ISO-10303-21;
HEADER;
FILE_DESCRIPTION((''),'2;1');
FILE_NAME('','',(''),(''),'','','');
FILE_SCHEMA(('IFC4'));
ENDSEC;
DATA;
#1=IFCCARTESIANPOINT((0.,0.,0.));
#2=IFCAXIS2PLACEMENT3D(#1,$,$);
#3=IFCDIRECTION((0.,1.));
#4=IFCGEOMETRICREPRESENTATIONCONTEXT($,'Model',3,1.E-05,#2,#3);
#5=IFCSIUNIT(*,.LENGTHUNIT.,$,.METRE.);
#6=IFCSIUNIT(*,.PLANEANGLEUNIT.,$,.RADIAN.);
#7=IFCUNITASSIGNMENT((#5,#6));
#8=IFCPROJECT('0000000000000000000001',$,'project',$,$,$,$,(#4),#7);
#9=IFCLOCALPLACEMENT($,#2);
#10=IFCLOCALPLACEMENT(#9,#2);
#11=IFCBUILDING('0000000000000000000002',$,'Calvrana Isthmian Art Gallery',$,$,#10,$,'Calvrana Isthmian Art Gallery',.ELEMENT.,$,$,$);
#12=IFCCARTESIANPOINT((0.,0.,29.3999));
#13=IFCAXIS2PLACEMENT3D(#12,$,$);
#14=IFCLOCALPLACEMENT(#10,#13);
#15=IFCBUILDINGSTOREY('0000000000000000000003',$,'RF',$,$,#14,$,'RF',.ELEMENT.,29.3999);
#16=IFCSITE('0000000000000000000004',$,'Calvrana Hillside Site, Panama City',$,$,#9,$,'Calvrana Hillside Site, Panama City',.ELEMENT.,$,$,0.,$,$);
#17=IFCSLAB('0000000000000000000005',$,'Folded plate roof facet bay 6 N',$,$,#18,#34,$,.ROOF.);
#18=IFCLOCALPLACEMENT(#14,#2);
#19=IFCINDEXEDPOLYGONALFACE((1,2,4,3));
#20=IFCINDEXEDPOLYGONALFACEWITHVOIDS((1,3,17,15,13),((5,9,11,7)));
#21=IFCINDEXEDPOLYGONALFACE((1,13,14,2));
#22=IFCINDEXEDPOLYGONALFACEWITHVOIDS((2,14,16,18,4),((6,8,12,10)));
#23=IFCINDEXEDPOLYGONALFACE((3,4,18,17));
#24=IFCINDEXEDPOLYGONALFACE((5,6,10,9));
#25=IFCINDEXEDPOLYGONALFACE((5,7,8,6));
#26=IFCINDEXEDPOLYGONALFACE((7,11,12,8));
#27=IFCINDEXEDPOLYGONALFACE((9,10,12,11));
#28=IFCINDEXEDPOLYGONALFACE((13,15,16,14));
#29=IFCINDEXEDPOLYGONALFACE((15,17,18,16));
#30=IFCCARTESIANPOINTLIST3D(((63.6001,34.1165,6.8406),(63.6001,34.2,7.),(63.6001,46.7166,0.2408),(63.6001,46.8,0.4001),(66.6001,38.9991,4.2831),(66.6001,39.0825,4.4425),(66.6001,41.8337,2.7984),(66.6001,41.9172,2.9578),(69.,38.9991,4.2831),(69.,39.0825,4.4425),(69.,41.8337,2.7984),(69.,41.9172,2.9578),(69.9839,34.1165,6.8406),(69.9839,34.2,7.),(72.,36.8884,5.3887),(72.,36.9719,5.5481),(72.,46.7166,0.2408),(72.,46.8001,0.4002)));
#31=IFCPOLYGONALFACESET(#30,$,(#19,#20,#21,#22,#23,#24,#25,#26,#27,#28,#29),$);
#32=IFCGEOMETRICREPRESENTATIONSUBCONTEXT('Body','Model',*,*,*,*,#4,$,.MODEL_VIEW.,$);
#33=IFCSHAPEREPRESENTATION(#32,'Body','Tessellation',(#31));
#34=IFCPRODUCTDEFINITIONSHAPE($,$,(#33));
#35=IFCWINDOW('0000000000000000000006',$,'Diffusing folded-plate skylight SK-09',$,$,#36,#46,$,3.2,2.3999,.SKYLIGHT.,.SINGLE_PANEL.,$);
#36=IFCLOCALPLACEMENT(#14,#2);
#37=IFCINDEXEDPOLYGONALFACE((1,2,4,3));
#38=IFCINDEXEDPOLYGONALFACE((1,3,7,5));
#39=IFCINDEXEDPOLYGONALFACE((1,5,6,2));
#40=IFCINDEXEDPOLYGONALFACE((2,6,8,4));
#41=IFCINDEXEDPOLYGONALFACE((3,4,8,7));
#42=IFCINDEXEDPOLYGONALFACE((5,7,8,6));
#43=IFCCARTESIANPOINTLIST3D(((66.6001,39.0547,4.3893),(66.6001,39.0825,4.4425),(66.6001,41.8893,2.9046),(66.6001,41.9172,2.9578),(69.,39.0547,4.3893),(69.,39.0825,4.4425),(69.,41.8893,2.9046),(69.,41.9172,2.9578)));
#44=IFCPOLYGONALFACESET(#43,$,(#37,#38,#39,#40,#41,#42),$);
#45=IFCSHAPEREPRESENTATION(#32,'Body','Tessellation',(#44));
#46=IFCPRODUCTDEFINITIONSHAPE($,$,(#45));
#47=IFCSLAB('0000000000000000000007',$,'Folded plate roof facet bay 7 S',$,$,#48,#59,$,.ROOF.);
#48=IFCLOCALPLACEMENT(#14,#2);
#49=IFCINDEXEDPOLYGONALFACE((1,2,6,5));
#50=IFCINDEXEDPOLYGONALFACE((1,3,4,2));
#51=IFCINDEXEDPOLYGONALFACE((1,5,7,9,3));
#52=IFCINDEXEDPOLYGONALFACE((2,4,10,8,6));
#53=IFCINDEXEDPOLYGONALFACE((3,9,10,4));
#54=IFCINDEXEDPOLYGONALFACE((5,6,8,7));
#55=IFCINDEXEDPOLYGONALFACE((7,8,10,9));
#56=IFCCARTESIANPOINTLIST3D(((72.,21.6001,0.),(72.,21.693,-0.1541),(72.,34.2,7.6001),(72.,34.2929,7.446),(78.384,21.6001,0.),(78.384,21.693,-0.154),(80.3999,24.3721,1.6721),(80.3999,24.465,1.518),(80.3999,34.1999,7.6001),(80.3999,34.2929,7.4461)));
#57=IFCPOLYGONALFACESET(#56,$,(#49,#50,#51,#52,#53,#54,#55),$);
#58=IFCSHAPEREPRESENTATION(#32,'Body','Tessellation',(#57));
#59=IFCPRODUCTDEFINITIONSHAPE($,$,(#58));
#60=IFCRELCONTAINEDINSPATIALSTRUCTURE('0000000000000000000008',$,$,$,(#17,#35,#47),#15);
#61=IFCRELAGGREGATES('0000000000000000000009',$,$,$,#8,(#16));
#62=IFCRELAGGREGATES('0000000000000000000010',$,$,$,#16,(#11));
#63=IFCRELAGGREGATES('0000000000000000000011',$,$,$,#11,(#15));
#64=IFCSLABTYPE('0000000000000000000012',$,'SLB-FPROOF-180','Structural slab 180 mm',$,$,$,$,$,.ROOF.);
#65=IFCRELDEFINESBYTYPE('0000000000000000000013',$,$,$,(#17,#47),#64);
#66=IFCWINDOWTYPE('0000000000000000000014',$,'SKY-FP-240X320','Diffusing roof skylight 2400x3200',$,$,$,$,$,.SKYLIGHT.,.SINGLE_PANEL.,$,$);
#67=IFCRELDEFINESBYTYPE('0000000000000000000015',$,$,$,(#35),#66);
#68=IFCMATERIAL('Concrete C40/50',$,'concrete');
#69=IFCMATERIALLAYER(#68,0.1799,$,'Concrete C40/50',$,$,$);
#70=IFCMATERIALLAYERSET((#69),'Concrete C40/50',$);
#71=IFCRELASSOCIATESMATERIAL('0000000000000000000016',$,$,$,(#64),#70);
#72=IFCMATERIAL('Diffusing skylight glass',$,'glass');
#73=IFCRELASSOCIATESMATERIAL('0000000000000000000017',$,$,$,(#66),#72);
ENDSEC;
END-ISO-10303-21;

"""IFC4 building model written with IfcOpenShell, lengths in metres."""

from ifc_helpers import new_model, si_unit, direction, frame, origin, origin_2d, place, context, subcontext, project, spatial, polyline, rectangle, outline, extrude, material, layer, layer_set, type_object, element, fill, save


model = new_model("IFC4")

# Units and contexts
model_context = context("Model", 3, precision=1e-05, world=origin(), true_north=direction((0.0, 1.0)))
body_context = subcontext(model_context, "Body", "Model", "MODEL_VIEW")
ifc_project = project(units=[si_unit("LENGTHUNIT", "METRE"), si_unit("PLANEANGLEUNIT", "RADIAN")], contexts=[model_context])

# Site, building, storey
site_placement = place(None, origin())
site = spatial("IfcSite", under=ifc_project, at=site_placement, Name="Calvrana Hillside Site, Panama City", LongName="Calvrana Hillside Site, Panama City", CompositionType="ELEMENT", RefElevation=0.0)
building_placement = place(site_placement, origin())
building = spatial("IfcBuilding", under=site, at=building_placement, Name="Calvrana Isthmian Art Gallery", LongName="Calvrana Isthmian Art Gallery", CompositionType="ELEMENT")
storey_placement = place(building_placement, frame((0.0, 0.0, 29.3999)))
storey = spatial("IfcBuildingStorey", under=building, at=storey_placement, Name="RF", LongName="RF", CompositionType="ELEMENT", Elevation=29.3999)

# Slab, opening, window
ifc_material_1 = material(Name="Concrete C40/50", Category="concrete")
ifc_layer_1 = layer(ifc_material_1, 0.1799, Name="Concrete C40/50")
ifc_layer_set_1 = layer_set([ifc_layer_1], Name="Concrete C40/50")
slab_type = type_object("IfcSlabType", Name="SLB-FPROOF-180", Description="Structural slab 180 mm", PredefinedType="ROOF", material=ifc_layer_set_1)
ifc_material_2 = material(Name="Diffusing skylight glass", Category="glass")
slab_1_placement = place(storey_placement, frame((63.6001, 34.2, 7.0), z_axis=(-0.000002, 0.463996, 0.885837), x_axis=(1.0, 0.000001, 0.000002)))
slab_1 = element("IfcSlab", 1, at=slab_1_placement, inside=storey, type_object=slab_type, Name="Folded plate roof facet bay 6 N", PredefinedType="ROOF", context=body_context, shape_type="SweptSolid", body=[
    extrude(outline(polyline([(0.0, 0.0), (6.3838, 0.0), (8.3999, 3.1292), (8.3999, 14.2239), (0.0, 14.2239), (0.0, 0.0)])), origin(), (0.0, 0.0, -1.0), 0.1799),
])
opening_1_placement = place(slab_1_placement, frame((4.2, 7.1118, 0.0103)))
opening_1 = element("IfcOpeningElement", 2, at=opening_1_placement, cuts=slab_1, PredefinedType="OPENING", context=body_context, shape_type="SweptSolid", body=[
    extrude(rectangle(XDim=2.3999, YDim=3.2, at=origin_2d()), origin(), (0.0, 0.0, -1.0), 0.2004),
])
window_type_1 = type_object("IfcWindowType", Name="SKY-FP-240X320", Description="Diffusing roof skylight 2400x3200", PartitioningType="SINGLE_PANEL", PredefinedType="SKYLIGHT", material=ifc_material_2)
window_1_placement = place(slab_1_placement, frame((4.2, 7.1118, 0.0)))
window_1 = element("IfcWindow", 3, at=window_1_placement, inside=storey, type_object=window_type_1, Name="Diffusing folded-plate skylight SK-09", OverallHeight=3.2, OverallWidth=2.3999, PartitioningType="SINGLE_PANEL", PredefinedType="SKYLIGHT", context=body_context, shape_type="SweptSolid", body=[
    extrude(rectangle(XDim=2.3999, YDim=3.2, at=origin_2d()), origin(), (0.0, 0.0, -1.0), 0.0601),
])
fill(opening_1, window_1)

# Slab
slab_2_placement = place(storey_placement, frame((72.0, 21.6001, 0.0), z_axis=(-0.000005, -0.516502, 0.856286), x_axis=(1.0, -0.000003, 0.000004)))
element("IfcSlab", 4, at=slab_2_placement, inside=storey, type_object=slab_type, Name="Folded plate roof facet bay 7 S", PredefinedType="ROOF", context=body_context, shape_type="SweptSolid", body=[
    extrude(outline(polyline([(0.0, 0.0), (6.384, 0.0), (8.3999, 3.2373), (8.3999, 14.7145), (0.0, 14.7145), (0.0, 0.0)])), origin(), (0.0, 0.0, -1.0), 0.1799),
])

save(model, "model.ifc")
